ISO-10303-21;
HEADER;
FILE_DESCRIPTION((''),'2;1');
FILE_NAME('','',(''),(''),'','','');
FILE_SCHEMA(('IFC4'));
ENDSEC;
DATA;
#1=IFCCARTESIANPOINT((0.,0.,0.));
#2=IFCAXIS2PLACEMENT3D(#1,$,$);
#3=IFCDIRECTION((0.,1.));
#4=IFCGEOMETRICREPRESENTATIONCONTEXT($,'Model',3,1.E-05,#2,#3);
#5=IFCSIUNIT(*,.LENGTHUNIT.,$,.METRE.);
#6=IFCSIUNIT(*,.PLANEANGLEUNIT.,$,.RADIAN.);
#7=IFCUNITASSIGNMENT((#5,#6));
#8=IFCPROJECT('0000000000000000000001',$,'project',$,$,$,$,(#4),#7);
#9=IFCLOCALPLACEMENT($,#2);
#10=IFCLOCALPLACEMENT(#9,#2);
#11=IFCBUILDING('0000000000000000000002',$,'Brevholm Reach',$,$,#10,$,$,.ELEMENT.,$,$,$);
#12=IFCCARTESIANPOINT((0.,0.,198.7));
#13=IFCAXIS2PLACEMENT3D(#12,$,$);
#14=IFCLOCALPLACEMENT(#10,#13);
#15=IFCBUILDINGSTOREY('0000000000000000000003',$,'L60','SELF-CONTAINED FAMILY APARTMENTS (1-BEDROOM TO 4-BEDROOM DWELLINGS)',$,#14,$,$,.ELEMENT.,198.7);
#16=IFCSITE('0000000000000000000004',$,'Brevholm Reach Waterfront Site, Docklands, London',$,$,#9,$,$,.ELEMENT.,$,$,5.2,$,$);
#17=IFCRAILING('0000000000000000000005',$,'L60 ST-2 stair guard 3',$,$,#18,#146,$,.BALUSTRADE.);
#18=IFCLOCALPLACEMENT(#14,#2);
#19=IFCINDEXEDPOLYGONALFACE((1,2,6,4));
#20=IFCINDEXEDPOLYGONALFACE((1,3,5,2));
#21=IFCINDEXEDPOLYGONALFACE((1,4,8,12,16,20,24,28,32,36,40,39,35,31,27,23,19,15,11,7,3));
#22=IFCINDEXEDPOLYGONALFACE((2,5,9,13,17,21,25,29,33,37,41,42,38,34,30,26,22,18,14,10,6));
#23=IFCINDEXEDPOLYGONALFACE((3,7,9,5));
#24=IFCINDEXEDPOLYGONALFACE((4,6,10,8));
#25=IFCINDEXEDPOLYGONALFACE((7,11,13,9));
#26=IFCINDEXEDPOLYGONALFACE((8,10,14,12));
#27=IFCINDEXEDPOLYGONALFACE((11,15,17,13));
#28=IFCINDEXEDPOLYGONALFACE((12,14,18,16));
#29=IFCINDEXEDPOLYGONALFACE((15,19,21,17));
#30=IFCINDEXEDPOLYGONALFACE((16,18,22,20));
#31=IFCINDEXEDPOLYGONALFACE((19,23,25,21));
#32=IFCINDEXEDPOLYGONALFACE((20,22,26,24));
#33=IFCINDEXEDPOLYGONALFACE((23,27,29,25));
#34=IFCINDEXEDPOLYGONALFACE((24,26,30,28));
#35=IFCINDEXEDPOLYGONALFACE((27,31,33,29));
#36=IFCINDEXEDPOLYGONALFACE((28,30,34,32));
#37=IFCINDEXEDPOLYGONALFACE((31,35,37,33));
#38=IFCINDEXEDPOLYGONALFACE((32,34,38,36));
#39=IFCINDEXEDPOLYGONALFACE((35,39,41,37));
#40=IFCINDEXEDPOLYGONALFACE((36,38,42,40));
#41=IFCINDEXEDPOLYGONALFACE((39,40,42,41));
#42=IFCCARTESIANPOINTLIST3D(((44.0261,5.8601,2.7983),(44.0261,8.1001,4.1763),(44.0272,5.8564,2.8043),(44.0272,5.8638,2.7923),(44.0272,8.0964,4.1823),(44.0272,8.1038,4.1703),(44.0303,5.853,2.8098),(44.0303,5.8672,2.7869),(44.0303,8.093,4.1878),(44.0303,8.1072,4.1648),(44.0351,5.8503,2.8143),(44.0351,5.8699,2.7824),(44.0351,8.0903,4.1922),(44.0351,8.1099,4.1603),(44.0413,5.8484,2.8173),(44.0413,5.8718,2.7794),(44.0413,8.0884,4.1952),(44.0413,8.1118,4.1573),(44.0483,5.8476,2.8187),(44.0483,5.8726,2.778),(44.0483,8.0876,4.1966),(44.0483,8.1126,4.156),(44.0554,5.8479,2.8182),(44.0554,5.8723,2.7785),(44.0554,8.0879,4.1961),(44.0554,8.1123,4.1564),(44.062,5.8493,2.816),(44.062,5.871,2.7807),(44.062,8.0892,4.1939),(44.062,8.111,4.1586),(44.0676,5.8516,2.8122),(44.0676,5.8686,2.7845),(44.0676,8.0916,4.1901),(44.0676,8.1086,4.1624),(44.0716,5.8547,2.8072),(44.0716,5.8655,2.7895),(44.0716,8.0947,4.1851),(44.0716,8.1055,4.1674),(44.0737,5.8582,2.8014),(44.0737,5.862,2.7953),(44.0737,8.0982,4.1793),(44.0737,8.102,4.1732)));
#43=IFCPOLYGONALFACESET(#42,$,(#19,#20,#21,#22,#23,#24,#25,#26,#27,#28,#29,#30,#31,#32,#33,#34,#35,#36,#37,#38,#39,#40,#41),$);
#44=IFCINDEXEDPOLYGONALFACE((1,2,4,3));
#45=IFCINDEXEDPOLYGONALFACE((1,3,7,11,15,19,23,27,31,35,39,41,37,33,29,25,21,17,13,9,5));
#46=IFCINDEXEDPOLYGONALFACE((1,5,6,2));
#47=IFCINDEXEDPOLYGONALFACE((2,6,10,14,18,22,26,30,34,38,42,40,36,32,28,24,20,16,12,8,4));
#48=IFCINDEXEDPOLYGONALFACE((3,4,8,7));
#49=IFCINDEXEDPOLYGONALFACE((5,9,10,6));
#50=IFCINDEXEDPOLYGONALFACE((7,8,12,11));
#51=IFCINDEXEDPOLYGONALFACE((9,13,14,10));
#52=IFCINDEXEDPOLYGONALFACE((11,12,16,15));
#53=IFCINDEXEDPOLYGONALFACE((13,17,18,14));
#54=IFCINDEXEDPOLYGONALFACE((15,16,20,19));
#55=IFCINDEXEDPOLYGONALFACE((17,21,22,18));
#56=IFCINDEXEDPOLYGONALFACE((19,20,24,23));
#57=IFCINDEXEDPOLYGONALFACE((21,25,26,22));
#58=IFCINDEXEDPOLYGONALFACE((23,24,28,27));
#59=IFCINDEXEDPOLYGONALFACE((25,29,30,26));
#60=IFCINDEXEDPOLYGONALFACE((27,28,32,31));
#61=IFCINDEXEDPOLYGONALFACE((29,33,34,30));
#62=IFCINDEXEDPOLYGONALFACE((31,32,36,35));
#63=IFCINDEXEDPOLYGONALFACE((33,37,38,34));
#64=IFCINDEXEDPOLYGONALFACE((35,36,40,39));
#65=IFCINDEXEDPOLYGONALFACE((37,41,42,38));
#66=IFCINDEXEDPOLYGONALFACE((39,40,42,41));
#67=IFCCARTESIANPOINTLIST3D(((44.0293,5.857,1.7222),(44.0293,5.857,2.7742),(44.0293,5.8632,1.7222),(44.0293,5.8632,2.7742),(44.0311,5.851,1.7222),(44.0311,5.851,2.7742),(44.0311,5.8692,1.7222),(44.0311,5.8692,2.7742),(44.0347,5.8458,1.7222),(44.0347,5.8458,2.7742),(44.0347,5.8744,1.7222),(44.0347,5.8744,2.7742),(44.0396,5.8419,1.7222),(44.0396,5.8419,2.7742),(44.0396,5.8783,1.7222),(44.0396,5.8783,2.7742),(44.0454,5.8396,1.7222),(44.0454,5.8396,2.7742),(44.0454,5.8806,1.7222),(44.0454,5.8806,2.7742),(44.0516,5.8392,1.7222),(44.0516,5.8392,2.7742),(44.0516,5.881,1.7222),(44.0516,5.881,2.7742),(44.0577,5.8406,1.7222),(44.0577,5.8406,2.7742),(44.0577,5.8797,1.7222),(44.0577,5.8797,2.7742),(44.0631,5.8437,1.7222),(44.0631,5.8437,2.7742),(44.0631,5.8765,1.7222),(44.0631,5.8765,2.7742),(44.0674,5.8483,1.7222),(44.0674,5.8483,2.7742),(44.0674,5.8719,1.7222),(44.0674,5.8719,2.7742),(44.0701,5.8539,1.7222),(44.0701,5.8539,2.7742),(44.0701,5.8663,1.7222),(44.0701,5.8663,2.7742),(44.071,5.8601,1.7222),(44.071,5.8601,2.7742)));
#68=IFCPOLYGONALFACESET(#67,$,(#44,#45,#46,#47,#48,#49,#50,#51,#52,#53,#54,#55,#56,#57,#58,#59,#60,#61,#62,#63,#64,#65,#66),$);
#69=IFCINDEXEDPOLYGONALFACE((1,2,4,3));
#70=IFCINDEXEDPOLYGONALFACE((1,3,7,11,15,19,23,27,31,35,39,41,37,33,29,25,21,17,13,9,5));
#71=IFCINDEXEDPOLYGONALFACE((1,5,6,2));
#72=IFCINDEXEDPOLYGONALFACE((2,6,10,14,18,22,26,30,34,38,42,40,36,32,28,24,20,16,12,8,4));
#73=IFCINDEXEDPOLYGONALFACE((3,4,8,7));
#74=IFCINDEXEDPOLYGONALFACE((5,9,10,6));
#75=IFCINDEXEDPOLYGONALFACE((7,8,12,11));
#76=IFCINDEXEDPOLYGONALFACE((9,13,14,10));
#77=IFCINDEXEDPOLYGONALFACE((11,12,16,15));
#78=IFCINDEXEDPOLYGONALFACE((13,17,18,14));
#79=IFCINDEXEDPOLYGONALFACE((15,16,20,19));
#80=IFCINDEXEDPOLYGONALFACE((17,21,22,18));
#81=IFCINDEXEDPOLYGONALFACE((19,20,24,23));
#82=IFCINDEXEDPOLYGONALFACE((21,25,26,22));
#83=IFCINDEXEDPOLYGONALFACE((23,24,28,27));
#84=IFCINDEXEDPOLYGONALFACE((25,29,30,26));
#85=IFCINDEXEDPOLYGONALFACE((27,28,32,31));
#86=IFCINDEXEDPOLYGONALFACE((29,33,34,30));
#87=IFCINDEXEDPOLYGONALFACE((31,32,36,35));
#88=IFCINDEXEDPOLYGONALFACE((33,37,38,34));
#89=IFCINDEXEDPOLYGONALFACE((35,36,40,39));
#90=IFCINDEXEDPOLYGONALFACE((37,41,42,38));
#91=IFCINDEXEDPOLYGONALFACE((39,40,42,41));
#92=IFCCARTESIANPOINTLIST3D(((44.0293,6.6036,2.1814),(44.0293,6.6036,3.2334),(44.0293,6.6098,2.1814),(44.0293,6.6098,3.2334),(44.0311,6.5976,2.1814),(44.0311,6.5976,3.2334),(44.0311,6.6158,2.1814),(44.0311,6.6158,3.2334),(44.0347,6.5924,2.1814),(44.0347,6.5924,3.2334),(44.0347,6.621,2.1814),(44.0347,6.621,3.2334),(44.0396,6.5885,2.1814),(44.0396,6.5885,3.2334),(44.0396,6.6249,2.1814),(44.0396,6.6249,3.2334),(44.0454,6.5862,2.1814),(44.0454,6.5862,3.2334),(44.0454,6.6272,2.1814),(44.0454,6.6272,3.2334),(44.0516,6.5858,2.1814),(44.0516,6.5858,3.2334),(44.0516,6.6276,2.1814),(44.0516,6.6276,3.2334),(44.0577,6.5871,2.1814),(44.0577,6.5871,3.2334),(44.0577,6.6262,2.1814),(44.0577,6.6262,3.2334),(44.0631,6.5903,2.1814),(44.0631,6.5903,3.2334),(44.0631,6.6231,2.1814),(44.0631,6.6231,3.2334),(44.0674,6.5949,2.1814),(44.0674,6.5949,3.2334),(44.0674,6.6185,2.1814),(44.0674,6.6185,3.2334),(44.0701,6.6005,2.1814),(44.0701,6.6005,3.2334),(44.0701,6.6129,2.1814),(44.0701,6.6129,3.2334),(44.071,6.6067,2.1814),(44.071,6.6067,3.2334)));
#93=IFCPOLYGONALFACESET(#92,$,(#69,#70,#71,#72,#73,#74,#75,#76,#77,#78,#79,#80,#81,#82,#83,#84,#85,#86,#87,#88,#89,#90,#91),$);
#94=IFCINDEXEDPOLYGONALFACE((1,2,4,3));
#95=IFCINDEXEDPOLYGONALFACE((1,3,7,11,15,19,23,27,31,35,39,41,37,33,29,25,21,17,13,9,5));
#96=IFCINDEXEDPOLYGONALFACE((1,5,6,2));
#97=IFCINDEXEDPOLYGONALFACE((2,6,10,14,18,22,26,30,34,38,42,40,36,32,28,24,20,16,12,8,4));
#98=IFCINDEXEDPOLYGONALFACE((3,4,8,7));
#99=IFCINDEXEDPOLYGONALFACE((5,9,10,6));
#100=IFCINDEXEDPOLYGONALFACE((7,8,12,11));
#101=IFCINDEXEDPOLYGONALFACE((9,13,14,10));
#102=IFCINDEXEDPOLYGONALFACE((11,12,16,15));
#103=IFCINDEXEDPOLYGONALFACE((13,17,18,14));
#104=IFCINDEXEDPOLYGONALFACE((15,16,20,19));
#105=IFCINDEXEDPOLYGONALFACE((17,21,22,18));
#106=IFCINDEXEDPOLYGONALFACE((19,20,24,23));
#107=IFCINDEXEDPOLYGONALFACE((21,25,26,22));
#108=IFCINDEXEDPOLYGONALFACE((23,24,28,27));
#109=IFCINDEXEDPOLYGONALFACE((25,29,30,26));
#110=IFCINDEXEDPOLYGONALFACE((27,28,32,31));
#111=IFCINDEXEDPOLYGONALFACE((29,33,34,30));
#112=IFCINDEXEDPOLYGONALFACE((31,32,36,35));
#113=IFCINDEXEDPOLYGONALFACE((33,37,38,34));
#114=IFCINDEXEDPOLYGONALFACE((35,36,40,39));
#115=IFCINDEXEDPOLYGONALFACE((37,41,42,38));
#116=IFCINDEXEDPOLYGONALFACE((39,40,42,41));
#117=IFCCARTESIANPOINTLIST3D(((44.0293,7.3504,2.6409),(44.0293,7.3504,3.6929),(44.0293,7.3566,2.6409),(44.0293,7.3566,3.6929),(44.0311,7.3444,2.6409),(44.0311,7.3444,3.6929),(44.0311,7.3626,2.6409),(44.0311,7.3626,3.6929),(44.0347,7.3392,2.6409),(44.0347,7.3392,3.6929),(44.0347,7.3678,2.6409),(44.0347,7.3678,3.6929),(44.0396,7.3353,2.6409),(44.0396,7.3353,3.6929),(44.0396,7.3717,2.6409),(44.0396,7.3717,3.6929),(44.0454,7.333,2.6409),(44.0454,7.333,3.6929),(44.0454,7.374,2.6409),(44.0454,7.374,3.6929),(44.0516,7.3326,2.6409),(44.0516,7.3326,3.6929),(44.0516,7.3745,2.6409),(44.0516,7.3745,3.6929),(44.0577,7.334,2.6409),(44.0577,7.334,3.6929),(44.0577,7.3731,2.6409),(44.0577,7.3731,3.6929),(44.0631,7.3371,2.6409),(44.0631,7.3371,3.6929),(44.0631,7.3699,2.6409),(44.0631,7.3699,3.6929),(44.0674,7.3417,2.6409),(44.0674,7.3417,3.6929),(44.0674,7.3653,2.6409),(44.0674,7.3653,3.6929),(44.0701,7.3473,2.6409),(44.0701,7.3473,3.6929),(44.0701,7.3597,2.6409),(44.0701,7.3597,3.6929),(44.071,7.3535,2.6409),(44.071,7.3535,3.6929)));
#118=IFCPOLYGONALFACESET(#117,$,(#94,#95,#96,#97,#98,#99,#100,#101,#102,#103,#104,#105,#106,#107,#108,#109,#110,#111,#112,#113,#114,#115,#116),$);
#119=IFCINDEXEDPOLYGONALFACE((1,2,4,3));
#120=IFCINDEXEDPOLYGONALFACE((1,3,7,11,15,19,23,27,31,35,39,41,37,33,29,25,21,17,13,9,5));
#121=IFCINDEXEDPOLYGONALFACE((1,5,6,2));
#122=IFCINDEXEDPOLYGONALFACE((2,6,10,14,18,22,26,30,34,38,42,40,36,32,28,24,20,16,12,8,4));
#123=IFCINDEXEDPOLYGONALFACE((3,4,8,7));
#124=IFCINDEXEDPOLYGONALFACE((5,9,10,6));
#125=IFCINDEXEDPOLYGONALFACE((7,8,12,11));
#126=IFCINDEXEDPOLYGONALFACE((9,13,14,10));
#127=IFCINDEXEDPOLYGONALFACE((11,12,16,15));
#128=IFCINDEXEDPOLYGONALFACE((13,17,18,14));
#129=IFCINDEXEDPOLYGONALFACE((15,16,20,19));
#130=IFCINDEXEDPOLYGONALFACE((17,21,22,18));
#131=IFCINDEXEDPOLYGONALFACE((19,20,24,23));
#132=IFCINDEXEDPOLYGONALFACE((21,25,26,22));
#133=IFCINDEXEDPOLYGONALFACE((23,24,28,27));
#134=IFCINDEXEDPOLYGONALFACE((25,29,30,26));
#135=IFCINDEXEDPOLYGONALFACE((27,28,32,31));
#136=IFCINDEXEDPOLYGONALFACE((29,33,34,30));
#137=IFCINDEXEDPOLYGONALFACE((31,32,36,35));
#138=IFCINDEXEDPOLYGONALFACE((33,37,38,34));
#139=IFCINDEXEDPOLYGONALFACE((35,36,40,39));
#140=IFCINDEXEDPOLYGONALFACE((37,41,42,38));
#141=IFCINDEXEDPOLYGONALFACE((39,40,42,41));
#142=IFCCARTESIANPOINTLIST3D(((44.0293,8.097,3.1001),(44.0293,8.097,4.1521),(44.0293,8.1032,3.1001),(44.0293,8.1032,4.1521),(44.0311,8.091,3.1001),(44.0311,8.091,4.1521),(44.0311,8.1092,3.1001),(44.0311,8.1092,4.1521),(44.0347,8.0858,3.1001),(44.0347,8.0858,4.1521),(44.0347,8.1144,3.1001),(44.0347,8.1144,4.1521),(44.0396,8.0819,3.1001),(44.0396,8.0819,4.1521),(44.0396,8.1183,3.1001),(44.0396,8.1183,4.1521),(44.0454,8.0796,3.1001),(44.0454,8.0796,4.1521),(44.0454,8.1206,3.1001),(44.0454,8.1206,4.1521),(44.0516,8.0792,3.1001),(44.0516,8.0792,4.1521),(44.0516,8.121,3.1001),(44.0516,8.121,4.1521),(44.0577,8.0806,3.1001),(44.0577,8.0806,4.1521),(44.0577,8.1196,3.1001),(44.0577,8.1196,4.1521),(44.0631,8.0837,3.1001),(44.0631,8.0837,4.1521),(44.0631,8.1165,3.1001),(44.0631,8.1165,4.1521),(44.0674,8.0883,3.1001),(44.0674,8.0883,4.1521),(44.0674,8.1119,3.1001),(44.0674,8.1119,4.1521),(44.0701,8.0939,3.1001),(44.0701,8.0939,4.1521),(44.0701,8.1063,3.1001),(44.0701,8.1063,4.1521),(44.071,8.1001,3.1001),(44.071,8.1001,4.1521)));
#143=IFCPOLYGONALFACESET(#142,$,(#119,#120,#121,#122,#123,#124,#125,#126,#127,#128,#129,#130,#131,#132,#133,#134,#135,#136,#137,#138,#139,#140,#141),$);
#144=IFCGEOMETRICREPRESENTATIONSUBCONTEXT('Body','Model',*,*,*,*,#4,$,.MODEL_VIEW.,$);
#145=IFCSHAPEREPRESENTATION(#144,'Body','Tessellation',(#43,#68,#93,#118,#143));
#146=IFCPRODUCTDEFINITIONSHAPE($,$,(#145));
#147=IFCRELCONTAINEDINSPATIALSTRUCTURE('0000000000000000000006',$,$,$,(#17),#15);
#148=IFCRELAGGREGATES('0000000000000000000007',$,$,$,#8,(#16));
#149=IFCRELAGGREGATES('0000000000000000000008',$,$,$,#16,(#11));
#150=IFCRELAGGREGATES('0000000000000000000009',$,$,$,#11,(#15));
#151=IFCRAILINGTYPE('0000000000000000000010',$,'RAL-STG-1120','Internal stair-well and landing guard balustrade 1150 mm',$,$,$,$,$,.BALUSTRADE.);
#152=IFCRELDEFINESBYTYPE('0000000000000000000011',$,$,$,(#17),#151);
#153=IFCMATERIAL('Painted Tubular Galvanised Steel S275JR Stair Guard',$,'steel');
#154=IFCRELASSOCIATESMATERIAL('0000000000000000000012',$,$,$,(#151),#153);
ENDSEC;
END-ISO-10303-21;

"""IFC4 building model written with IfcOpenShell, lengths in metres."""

from ifc_helpers import new_model, si_unit, direction, frame, origin, origin_2d, place, context, subcontext, project, spatial, circle, extrude, material, type_object, element, save


model = new_model("IFC4")

# Units and contexts
model_context = context("Model", 3, precision=1e-05, world=origin(), true_north=direction((0.0, 1.0)))
body_context = subcontext(model_context, "Body", "Model", "MODEL_VIEW")
ifc_project = project(units=[si_unit("LENGTHUNIT", "METRE"), si_unit("PLANEANGLEUNIT", "RADIAN")], contexts=[model_context])

# Site, building, storey
site_placement = place(None, origin())
site = spatial("IfcSite", under=ifc_project, at=site_placement, Name="Brevholm Reach Waterfront Site, Docklands, London", CompositionType="ELEMENT", RefElevation=5.2)
building_placement = place(site_placement, origin())
building = spatial("IfcBuilding", under=site, at=building_placement, Name="Brevholm Reach", CompositionType="ELEMENT")
storey_placement = place(building_placement, frame((0.0, 0.0, 198.7)))
storey = spatial("IfcBuildingStorey", under=building, at=storey_placement, Name="L60", Description="SELF-CONTAINED FAMILY APARTMENTS (1-BEDROOM TO 4-BEDROOM DWELLINGS)", CompositionType="ELEMENT", Elevation=198.7)

# Railing
ifc_material_1 = material(Name="Painted Tubular Galvanised Steel S275JR Stair Guard", Category="steel")
railing_type_1 = type_object("IfcRailingType", Name="RAL-STG-1120", Description="Internal stair-well and landing guard balustrade 1150 mm", PredefinedType="BALUSTRADE", material=ifc_material_1)
railing_1_placement = place(storey_placement, frame((44.05, 5.8601, 1.7222)))
element("IfcRailing", 1, at=railing_1_placement, inside=storey, type_object=railing_type_1, Name="L60 ST-2 stair guard 3", PredefinedType="BALUSTRADE", context=body_context, shape_type="SweptSolid", body=[
    extrude(circle(Radius=0.0239, at=origin_2d()), frame((0.0, 0.0, 1.0762), z_axis=(0.0, 0.851748, 0.523952), x_axis=(-1.0, 0.0, 0.0)), (0.0, 0.0, 1.0), 2.6299),
    extrude(circle(Radius=0.021, at=origin_2d()), origin(), (0.0, 0.0, 1.0), 1.052),
    extrude(circle(Radius=0.021, at=origin_2d()), frame((0.0, 0.7466, 0.4592)), (0.0, 0.0, 1.0), 1.052),
    extrude(circle(Radius=0.021, at=origin_2d()), frame((0.0, 1.4934, 0.9187)), (0.0, 0.0, 1.0), 1.052),
    extrude(circle(Radius=0.021, at=origin_2d()), frame((0.0, 2.24, 1.3779)), (0.0, 0.0, 1.0), 1.052),
])

save(model, "model.ifc")
